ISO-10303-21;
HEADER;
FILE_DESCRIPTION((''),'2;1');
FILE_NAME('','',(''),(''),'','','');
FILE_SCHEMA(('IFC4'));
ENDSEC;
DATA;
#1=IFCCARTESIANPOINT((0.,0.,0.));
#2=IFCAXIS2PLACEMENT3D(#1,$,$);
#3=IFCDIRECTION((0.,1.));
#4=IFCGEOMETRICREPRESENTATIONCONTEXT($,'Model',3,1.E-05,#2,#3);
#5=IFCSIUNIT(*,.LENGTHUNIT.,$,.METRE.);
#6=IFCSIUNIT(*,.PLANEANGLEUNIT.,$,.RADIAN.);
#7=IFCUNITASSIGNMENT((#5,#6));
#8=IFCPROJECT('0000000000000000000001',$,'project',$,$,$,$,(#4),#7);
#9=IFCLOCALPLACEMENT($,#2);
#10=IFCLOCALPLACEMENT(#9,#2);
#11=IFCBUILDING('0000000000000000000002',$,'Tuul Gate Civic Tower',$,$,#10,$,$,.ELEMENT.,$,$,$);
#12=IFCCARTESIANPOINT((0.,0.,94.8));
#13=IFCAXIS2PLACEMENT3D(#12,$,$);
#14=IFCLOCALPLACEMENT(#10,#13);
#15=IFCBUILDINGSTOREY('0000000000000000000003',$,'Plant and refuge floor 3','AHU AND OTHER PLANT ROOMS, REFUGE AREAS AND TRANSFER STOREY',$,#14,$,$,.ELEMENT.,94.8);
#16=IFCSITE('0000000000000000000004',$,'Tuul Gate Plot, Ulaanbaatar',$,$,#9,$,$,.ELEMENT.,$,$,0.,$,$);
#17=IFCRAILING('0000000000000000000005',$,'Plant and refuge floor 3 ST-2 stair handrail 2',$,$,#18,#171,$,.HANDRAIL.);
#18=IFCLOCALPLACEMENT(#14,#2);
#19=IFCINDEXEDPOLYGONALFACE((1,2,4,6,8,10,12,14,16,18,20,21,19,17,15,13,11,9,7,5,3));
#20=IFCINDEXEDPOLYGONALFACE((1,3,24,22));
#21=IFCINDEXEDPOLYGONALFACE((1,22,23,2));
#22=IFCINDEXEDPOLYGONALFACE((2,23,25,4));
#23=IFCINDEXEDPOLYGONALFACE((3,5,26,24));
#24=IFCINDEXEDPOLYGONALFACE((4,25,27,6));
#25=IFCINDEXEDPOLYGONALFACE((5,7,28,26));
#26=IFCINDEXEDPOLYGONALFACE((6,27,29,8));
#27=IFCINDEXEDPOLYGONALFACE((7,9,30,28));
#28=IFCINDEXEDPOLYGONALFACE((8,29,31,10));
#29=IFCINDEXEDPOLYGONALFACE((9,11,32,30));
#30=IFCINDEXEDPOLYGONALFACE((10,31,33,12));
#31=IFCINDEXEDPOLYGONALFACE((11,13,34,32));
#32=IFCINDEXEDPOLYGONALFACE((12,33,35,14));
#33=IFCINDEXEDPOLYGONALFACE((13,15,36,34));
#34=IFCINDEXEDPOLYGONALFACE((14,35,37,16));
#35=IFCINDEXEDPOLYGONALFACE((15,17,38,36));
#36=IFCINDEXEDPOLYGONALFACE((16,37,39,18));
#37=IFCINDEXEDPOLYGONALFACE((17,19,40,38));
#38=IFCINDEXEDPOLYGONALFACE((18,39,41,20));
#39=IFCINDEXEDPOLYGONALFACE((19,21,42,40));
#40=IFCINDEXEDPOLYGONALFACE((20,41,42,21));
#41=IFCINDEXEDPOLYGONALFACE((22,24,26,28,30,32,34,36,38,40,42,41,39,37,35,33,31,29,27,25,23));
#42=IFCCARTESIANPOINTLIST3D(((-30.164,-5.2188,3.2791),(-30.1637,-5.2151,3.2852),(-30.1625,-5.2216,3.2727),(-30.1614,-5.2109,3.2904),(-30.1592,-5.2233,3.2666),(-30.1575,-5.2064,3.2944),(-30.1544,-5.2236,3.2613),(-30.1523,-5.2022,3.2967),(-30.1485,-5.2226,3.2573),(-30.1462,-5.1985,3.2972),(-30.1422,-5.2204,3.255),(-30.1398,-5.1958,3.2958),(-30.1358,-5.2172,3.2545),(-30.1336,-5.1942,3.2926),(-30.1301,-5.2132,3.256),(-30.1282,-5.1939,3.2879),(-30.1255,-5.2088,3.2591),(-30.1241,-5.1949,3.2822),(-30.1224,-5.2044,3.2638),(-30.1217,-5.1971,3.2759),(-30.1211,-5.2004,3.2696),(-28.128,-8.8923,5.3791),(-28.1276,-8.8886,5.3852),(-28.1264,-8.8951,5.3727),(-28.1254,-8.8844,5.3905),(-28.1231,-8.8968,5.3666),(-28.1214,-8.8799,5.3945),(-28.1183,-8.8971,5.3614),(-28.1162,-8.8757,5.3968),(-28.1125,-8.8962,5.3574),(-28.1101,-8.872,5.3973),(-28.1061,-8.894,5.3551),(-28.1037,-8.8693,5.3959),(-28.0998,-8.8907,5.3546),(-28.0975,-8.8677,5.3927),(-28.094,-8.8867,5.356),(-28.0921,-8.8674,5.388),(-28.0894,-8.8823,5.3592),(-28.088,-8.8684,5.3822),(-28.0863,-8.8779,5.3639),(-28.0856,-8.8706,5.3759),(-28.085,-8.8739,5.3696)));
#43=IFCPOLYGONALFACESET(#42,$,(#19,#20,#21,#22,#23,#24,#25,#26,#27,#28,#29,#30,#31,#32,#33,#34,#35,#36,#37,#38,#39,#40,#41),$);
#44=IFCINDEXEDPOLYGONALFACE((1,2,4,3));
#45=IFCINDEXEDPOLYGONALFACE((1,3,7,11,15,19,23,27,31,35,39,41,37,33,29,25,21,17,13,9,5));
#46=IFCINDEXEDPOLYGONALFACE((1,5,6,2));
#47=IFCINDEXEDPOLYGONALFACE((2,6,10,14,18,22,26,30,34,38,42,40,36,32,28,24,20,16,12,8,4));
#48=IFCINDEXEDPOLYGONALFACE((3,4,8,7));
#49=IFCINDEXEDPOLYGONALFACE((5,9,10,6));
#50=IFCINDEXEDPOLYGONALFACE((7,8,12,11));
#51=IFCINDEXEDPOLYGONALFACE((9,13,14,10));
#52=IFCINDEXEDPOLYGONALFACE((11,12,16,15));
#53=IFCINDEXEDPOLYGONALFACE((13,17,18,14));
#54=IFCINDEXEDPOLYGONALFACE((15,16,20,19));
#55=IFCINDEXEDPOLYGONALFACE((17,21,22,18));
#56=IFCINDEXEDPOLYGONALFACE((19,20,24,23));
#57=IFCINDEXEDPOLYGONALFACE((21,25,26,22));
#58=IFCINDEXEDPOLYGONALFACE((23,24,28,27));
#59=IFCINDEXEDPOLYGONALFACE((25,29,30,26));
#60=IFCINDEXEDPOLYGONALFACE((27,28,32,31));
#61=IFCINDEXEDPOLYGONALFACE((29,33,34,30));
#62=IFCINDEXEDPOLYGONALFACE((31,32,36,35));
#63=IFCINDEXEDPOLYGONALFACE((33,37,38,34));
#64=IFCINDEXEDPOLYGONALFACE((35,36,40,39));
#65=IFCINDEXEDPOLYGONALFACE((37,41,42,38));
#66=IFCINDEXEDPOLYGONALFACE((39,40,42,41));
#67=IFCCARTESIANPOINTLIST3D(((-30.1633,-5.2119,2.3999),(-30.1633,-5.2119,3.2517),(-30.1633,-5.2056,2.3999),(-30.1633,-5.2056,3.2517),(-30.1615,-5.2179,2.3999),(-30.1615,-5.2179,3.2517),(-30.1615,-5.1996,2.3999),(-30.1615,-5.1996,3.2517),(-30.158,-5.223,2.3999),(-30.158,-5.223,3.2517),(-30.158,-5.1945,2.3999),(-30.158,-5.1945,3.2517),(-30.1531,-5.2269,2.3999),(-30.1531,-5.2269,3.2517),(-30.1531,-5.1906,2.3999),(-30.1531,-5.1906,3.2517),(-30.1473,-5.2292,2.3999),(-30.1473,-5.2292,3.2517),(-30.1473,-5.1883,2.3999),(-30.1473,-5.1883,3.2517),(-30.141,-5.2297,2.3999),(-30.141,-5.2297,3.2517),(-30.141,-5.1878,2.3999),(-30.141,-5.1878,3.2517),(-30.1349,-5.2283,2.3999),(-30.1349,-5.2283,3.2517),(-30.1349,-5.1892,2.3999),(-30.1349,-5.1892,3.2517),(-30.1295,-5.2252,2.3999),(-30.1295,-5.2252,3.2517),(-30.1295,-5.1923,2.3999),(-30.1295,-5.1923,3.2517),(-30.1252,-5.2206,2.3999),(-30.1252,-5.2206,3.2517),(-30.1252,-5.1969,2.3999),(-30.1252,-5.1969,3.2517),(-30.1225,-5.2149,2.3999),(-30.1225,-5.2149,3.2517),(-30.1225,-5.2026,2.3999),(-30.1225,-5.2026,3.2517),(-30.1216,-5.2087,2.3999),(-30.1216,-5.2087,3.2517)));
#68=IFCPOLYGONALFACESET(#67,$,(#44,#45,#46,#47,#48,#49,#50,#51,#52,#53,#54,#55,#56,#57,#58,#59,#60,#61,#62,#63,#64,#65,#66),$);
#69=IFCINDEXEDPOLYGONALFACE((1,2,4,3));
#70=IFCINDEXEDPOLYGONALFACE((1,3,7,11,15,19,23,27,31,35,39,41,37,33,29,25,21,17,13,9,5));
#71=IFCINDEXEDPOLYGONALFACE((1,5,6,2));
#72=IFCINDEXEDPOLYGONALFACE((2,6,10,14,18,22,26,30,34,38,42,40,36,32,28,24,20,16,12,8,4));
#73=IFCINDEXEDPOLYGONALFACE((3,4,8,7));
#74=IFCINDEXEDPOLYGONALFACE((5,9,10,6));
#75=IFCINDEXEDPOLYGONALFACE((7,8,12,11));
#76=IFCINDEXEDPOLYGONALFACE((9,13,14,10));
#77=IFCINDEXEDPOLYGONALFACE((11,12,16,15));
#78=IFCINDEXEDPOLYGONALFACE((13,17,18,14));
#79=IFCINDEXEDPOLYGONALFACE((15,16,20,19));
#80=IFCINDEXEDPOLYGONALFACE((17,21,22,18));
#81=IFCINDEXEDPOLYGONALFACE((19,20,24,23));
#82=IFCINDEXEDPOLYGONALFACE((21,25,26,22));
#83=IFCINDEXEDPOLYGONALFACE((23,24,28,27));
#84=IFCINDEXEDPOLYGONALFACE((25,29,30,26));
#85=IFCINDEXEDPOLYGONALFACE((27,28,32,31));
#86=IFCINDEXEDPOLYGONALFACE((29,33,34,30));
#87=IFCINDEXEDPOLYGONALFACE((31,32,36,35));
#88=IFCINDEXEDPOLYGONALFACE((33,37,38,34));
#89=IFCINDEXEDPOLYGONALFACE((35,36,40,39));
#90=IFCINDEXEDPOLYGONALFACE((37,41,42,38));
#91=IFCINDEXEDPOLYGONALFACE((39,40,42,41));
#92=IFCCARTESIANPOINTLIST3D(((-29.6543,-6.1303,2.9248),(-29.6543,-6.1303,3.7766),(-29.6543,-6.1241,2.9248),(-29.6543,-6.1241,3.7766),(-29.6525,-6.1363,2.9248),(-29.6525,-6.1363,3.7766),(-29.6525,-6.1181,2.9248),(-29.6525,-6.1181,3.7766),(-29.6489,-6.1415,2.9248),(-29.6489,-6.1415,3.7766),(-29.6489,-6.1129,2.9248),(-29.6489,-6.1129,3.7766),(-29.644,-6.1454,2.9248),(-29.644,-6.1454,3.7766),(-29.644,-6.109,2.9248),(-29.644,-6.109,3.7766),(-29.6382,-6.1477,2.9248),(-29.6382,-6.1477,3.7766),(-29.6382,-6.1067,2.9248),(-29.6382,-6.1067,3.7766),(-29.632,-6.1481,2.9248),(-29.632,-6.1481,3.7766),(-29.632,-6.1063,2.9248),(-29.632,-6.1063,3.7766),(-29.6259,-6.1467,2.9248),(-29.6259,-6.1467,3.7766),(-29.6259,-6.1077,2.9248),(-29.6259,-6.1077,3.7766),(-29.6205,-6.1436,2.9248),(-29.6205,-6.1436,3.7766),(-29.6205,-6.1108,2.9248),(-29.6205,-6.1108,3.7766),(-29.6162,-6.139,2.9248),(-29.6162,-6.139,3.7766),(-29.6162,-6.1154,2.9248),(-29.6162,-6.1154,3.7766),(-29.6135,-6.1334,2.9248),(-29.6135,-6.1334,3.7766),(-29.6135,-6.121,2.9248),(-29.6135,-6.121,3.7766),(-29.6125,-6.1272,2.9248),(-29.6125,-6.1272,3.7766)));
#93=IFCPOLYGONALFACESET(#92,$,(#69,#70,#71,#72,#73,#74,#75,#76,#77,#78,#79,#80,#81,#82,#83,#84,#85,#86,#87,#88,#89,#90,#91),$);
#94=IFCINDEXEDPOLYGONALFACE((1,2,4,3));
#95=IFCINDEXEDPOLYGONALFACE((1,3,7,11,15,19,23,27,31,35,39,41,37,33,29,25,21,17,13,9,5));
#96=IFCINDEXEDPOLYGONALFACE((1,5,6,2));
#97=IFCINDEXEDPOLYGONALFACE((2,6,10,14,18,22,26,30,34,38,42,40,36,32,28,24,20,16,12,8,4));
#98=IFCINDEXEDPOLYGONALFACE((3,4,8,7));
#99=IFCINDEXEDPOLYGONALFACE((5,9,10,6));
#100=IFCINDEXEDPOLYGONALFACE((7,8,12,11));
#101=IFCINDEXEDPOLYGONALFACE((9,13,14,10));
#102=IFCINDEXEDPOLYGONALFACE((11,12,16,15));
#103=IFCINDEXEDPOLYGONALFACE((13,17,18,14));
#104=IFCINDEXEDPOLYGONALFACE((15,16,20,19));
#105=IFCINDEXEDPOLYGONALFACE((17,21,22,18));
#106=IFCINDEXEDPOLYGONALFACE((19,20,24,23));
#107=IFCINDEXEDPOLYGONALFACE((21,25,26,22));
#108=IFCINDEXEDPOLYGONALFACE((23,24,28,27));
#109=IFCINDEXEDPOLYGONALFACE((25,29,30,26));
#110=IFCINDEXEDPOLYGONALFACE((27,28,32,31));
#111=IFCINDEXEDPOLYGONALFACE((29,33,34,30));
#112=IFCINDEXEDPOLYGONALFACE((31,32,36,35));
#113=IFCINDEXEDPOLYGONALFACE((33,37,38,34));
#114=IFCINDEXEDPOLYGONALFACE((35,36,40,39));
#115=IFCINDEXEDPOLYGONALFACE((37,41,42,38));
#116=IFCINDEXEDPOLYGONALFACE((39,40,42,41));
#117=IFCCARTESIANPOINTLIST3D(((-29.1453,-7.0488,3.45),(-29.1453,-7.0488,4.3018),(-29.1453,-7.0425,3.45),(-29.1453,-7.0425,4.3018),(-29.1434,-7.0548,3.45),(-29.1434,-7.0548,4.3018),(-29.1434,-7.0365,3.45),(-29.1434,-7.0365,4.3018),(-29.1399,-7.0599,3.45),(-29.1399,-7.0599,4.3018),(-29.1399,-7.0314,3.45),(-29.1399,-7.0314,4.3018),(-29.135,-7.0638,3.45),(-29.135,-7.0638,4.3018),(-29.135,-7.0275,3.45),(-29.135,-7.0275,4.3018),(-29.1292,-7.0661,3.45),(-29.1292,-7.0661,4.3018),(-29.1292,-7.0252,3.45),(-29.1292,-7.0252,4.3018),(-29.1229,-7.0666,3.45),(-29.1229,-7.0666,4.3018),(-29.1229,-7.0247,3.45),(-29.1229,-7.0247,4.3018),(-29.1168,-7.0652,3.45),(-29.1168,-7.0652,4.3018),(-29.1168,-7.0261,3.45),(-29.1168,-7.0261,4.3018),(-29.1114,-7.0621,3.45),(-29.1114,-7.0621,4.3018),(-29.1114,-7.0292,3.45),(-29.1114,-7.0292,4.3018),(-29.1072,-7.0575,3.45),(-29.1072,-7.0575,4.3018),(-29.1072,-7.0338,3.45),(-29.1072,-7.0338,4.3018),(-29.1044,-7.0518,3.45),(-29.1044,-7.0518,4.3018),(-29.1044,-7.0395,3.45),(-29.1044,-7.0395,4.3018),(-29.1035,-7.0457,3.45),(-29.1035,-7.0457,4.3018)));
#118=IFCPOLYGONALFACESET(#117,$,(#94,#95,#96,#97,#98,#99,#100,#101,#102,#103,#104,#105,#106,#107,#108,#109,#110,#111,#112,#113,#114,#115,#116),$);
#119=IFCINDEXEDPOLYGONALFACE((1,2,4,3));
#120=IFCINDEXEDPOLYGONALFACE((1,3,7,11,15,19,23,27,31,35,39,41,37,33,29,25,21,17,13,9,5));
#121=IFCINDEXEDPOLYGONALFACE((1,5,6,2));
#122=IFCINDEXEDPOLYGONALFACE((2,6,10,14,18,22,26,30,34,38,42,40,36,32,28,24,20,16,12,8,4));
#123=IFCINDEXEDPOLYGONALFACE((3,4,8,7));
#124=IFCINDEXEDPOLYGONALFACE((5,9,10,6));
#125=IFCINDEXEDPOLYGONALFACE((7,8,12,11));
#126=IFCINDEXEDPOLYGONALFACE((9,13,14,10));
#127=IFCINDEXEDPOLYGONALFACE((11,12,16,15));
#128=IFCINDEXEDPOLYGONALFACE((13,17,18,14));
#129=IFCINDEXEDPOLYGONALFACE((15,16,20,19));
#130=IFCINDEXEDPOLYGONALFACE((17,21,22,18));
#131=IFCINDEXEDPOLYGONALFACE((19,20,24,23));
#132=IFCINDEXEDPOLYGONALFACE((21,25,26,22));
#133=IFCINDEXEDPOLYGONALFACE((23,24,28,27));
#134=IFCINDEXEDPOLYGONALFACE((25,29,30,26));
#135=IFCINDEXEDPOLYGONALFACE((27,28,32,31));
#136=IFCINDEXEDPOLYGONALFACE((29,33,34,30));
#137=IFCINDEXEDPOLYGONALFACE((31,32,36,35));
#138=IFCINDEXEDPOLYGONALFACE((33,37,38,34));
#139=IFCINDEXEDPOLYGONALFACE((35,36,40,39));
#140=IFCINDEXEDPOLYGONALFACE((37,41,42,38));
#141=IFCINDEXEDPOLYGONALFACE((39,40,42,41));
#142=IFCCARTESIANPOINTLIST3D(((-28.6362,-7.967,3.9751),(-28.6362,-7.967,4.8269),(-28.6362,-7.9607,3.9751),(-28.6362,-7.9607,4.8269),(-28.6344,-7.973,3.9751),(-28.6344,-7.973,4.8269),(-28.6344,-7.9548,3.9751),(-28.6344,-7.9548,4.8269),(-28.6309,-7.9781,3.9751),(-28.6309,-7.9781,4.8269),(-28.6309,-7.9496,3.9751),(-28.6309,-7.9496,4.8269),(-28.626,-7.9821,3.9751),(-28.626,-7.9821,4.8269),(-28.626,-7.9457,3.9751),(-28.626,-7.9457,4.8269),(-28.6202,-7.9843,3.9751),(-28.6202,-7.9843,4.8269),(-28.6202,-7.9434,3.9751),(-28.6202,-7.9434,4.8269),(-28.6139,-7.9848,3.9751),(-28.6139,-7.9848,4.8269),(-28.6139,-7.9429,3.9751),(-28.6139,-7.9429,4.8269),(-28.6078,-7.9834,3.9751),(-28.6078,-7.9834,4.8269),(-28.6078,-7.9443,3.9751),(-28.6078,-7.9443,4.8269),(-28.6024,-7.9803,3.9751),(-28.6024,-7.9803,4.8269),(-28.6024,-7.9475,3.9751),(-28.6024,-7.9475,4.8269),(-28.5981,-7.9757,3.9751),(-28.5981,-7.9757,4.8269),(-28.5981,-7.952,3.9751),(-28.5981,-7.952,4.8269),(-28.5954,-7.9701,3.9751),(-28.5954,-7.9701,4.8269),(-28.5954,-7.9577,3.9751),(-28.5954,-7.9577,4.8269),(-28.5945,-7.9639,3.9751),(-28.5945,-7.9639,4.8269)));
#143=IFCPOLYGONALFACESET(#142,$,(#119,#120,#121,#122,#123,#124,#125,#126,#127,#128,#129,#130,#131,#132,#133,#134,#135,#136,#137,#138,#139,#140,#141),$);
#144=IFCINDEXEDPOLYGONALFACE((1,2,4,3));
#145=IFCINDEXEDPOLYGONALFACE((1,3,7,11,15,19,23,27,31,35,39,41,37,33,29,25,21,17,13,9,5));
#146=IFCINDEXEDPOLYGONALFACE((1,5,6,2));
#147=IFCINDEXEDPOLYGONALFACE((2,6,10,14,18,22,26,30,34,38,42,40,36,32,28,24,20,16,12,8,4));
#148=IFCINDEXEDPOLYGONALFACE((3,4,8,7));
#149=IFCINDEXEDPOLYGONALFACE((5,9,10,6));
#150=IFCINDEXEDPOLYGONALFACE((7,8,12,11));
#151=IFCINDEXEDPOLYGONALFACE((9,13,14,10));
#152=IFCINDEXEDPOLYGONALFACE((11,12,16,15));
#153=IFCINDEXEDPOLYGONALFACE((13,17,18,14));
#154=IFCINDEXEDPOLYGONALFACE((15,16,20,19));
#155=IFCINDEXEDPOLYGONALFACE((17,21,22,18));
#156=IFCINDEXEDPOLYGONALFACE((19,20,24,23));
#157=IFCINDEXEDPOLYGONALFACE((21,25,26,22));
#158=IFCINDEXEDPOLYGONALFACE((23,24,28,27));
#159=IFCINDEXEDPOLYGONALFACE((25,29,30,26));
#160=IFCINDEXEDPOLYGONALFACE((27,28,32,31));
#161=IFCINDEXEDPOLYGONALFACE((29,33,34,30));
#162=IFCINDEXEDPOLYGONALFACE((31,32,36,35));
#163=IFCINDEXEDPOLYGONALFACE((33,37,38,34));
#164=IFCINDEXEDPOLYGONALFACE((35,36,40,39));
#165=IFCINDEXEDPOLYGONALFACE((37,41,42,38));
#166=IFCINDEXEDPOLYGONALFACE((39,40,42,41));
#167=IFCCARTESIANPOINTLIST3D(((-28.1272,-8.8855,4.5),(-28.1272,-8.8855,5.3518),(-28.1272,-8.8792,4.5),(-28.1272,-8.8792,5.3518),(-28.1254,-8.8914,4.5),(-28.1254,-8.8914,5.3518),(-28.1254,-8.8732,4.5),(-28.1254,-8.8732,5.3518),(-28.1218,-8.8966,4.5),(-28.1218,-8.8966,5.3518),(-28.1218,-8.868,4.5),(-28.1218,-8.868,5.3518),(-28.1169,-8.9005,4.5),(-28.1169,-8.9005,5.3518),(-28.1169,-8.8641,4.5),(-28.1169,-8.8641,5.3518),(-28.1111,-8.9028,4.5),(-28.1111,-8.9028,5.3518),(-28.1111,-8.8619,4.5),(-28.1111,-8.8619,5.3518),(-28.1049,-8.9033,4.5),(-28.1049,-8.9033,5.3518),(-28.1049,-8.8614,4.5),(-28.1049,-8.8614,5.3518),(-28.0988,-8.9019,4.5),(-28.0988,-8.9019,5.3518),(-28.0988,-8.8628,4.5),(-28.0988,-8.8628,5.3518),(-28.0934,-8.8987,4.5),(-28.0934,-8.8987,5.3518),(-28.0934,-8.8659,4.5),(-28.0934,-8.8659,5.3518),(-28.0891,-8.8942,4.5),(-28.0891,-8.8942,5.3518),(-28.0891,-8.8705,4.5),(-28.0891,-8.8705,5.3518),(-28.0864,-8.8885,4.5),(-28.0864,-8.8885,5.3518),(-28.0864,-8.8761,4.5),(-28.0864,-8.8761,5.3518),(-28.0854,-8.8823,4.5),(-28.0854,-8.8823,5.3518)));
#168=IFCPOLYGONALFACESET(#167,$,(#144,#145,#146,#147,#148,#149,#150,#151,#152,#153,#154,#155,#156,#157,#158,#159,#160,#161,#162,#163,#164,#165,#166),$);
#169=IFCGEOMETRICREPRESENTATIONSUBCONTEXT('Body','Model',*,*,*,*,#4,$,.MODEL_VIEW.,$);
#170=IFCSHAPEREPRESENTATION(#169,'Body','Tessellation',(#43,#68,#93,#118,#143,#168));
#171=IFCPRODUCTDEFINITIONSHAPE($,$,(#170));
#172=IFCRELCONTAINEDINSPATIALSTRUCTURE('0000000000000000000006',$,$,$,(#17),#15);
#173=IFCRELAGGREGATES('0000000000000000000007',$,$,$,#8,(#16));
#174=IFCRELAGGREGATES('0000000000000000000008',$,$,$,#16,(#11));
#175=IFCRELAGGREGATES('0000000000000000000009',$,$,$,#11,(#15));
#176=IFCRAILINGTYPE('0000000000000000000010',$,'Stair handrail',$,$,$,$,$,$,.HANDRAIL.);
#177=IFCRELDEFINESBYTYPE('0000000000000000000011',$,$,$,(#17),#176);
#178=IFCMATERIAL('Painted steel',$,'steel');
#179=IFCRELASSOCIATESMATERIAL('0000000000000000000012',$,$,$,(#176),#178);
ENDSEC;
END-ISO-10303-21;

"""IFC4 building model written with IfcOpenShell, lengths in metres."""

from ifc_helpers import new_model, si_unit, direction, frame, origin, origin_2d, place, context, subcontext, project, spatial, circle, extrude, material, type_object, element, save


model = new_model("IFC4")

# Units and contexts
model_context = context("Model", 3, precision=1e-05, world=origin(), true_north=direction((0.0, 1.0)))
body_context = subcontext(model_context, "Body", "Model", "MODEL_VIEW")
ifc_project = project(units=[si_unit("LENGTHUNIT", "METRE"), si_unit("PLANEANGLEUNIT", "RADIAN")], contexts=[model_context])

# Site, building, storey
site_placement = place(None, origin())
site = spatial("IfcSite", under=ifc_project, at=site_placement, Name="Tuul Gate Plot, Ulaanbaatar", CompositionType="ELEMENT", RefElevation=0.0)
building_placement = place(site_placement, origin())
building = spatial("IfcBuilding", under=site, at=building_placement, Name="Tuul Gate Civic Tower", CompositionType="ELEMENT")
storey_placement = place(building_placement, frame((0.0, 0.0, 94.8)))
storey = spatial("IfcBuildingStorey", under=building, at=storey_placement, Name="Plant and refuge floor 3", Description="AHU AND OTHER PLANT ROOMS, REFUGE AREAS AND TRANSFER STOREY", CompositionType="ELEMENT", Elevation=94.8)

# Railing
ifc_material_1 = material(Name="Painted steel", Category="steel")
railing_type_1 = type_object("IfcRailingType", Name="Stair handrail", PredefinedType="HANDRAIL", material=ifc_material_1)
railing_1_placement = place(storey_placement, frame((-30.1426, -5.2087, 2.3999)))
element("IfcRailing", 1, at=railing_1_placement, inside=storey, type_object=railing_type_1, Name="Plant and refuge floor 3 ST-2 stair handrail 2", PredefinedType="HANDRAIL", context=body_context, shape_type="SweptSolid", body=[
    extrude(circle(Radius=0.0239, at=origin_2d()), frame((0.0, 0.0, 0.876), z_axis=(0.433598, -0.782296, 0.44722), x_axis=(0.874637, 0.484779, 0.0)), (0.0, 0.0, 1.0), 4.6958),
    extrude(circle(Radius=0.021, at=origin_2d()), origin(), (0.0, 0.0, 1.0), 0.8518),
    extrude(circle(Radius=0.021, at=origin_2d()), frame((0.509, -0.9185, 0.5249)), (0.0, 0.0, 1.0), 0.8518),
    extrude(circle(Radius=0.021, at=origin_2d()), frame((1.0181, -1.8369, 1.05)), (0.0, 0.0, 1.0), 0.8518),
    extrude(circle(Radius=0.021, at=origin_2d()), frame((1.5271, -2.7551, 1.5752)), (0.0, 0.0, 1.0), 0.8518),
    extrude(circle(Radius=0.021, at=origin_2d()), frame((2.0361, -3.6736, 2.1001)), (0.0, 0.0, 1.0), 0.8518),
])

save(model, "model.ifc")
